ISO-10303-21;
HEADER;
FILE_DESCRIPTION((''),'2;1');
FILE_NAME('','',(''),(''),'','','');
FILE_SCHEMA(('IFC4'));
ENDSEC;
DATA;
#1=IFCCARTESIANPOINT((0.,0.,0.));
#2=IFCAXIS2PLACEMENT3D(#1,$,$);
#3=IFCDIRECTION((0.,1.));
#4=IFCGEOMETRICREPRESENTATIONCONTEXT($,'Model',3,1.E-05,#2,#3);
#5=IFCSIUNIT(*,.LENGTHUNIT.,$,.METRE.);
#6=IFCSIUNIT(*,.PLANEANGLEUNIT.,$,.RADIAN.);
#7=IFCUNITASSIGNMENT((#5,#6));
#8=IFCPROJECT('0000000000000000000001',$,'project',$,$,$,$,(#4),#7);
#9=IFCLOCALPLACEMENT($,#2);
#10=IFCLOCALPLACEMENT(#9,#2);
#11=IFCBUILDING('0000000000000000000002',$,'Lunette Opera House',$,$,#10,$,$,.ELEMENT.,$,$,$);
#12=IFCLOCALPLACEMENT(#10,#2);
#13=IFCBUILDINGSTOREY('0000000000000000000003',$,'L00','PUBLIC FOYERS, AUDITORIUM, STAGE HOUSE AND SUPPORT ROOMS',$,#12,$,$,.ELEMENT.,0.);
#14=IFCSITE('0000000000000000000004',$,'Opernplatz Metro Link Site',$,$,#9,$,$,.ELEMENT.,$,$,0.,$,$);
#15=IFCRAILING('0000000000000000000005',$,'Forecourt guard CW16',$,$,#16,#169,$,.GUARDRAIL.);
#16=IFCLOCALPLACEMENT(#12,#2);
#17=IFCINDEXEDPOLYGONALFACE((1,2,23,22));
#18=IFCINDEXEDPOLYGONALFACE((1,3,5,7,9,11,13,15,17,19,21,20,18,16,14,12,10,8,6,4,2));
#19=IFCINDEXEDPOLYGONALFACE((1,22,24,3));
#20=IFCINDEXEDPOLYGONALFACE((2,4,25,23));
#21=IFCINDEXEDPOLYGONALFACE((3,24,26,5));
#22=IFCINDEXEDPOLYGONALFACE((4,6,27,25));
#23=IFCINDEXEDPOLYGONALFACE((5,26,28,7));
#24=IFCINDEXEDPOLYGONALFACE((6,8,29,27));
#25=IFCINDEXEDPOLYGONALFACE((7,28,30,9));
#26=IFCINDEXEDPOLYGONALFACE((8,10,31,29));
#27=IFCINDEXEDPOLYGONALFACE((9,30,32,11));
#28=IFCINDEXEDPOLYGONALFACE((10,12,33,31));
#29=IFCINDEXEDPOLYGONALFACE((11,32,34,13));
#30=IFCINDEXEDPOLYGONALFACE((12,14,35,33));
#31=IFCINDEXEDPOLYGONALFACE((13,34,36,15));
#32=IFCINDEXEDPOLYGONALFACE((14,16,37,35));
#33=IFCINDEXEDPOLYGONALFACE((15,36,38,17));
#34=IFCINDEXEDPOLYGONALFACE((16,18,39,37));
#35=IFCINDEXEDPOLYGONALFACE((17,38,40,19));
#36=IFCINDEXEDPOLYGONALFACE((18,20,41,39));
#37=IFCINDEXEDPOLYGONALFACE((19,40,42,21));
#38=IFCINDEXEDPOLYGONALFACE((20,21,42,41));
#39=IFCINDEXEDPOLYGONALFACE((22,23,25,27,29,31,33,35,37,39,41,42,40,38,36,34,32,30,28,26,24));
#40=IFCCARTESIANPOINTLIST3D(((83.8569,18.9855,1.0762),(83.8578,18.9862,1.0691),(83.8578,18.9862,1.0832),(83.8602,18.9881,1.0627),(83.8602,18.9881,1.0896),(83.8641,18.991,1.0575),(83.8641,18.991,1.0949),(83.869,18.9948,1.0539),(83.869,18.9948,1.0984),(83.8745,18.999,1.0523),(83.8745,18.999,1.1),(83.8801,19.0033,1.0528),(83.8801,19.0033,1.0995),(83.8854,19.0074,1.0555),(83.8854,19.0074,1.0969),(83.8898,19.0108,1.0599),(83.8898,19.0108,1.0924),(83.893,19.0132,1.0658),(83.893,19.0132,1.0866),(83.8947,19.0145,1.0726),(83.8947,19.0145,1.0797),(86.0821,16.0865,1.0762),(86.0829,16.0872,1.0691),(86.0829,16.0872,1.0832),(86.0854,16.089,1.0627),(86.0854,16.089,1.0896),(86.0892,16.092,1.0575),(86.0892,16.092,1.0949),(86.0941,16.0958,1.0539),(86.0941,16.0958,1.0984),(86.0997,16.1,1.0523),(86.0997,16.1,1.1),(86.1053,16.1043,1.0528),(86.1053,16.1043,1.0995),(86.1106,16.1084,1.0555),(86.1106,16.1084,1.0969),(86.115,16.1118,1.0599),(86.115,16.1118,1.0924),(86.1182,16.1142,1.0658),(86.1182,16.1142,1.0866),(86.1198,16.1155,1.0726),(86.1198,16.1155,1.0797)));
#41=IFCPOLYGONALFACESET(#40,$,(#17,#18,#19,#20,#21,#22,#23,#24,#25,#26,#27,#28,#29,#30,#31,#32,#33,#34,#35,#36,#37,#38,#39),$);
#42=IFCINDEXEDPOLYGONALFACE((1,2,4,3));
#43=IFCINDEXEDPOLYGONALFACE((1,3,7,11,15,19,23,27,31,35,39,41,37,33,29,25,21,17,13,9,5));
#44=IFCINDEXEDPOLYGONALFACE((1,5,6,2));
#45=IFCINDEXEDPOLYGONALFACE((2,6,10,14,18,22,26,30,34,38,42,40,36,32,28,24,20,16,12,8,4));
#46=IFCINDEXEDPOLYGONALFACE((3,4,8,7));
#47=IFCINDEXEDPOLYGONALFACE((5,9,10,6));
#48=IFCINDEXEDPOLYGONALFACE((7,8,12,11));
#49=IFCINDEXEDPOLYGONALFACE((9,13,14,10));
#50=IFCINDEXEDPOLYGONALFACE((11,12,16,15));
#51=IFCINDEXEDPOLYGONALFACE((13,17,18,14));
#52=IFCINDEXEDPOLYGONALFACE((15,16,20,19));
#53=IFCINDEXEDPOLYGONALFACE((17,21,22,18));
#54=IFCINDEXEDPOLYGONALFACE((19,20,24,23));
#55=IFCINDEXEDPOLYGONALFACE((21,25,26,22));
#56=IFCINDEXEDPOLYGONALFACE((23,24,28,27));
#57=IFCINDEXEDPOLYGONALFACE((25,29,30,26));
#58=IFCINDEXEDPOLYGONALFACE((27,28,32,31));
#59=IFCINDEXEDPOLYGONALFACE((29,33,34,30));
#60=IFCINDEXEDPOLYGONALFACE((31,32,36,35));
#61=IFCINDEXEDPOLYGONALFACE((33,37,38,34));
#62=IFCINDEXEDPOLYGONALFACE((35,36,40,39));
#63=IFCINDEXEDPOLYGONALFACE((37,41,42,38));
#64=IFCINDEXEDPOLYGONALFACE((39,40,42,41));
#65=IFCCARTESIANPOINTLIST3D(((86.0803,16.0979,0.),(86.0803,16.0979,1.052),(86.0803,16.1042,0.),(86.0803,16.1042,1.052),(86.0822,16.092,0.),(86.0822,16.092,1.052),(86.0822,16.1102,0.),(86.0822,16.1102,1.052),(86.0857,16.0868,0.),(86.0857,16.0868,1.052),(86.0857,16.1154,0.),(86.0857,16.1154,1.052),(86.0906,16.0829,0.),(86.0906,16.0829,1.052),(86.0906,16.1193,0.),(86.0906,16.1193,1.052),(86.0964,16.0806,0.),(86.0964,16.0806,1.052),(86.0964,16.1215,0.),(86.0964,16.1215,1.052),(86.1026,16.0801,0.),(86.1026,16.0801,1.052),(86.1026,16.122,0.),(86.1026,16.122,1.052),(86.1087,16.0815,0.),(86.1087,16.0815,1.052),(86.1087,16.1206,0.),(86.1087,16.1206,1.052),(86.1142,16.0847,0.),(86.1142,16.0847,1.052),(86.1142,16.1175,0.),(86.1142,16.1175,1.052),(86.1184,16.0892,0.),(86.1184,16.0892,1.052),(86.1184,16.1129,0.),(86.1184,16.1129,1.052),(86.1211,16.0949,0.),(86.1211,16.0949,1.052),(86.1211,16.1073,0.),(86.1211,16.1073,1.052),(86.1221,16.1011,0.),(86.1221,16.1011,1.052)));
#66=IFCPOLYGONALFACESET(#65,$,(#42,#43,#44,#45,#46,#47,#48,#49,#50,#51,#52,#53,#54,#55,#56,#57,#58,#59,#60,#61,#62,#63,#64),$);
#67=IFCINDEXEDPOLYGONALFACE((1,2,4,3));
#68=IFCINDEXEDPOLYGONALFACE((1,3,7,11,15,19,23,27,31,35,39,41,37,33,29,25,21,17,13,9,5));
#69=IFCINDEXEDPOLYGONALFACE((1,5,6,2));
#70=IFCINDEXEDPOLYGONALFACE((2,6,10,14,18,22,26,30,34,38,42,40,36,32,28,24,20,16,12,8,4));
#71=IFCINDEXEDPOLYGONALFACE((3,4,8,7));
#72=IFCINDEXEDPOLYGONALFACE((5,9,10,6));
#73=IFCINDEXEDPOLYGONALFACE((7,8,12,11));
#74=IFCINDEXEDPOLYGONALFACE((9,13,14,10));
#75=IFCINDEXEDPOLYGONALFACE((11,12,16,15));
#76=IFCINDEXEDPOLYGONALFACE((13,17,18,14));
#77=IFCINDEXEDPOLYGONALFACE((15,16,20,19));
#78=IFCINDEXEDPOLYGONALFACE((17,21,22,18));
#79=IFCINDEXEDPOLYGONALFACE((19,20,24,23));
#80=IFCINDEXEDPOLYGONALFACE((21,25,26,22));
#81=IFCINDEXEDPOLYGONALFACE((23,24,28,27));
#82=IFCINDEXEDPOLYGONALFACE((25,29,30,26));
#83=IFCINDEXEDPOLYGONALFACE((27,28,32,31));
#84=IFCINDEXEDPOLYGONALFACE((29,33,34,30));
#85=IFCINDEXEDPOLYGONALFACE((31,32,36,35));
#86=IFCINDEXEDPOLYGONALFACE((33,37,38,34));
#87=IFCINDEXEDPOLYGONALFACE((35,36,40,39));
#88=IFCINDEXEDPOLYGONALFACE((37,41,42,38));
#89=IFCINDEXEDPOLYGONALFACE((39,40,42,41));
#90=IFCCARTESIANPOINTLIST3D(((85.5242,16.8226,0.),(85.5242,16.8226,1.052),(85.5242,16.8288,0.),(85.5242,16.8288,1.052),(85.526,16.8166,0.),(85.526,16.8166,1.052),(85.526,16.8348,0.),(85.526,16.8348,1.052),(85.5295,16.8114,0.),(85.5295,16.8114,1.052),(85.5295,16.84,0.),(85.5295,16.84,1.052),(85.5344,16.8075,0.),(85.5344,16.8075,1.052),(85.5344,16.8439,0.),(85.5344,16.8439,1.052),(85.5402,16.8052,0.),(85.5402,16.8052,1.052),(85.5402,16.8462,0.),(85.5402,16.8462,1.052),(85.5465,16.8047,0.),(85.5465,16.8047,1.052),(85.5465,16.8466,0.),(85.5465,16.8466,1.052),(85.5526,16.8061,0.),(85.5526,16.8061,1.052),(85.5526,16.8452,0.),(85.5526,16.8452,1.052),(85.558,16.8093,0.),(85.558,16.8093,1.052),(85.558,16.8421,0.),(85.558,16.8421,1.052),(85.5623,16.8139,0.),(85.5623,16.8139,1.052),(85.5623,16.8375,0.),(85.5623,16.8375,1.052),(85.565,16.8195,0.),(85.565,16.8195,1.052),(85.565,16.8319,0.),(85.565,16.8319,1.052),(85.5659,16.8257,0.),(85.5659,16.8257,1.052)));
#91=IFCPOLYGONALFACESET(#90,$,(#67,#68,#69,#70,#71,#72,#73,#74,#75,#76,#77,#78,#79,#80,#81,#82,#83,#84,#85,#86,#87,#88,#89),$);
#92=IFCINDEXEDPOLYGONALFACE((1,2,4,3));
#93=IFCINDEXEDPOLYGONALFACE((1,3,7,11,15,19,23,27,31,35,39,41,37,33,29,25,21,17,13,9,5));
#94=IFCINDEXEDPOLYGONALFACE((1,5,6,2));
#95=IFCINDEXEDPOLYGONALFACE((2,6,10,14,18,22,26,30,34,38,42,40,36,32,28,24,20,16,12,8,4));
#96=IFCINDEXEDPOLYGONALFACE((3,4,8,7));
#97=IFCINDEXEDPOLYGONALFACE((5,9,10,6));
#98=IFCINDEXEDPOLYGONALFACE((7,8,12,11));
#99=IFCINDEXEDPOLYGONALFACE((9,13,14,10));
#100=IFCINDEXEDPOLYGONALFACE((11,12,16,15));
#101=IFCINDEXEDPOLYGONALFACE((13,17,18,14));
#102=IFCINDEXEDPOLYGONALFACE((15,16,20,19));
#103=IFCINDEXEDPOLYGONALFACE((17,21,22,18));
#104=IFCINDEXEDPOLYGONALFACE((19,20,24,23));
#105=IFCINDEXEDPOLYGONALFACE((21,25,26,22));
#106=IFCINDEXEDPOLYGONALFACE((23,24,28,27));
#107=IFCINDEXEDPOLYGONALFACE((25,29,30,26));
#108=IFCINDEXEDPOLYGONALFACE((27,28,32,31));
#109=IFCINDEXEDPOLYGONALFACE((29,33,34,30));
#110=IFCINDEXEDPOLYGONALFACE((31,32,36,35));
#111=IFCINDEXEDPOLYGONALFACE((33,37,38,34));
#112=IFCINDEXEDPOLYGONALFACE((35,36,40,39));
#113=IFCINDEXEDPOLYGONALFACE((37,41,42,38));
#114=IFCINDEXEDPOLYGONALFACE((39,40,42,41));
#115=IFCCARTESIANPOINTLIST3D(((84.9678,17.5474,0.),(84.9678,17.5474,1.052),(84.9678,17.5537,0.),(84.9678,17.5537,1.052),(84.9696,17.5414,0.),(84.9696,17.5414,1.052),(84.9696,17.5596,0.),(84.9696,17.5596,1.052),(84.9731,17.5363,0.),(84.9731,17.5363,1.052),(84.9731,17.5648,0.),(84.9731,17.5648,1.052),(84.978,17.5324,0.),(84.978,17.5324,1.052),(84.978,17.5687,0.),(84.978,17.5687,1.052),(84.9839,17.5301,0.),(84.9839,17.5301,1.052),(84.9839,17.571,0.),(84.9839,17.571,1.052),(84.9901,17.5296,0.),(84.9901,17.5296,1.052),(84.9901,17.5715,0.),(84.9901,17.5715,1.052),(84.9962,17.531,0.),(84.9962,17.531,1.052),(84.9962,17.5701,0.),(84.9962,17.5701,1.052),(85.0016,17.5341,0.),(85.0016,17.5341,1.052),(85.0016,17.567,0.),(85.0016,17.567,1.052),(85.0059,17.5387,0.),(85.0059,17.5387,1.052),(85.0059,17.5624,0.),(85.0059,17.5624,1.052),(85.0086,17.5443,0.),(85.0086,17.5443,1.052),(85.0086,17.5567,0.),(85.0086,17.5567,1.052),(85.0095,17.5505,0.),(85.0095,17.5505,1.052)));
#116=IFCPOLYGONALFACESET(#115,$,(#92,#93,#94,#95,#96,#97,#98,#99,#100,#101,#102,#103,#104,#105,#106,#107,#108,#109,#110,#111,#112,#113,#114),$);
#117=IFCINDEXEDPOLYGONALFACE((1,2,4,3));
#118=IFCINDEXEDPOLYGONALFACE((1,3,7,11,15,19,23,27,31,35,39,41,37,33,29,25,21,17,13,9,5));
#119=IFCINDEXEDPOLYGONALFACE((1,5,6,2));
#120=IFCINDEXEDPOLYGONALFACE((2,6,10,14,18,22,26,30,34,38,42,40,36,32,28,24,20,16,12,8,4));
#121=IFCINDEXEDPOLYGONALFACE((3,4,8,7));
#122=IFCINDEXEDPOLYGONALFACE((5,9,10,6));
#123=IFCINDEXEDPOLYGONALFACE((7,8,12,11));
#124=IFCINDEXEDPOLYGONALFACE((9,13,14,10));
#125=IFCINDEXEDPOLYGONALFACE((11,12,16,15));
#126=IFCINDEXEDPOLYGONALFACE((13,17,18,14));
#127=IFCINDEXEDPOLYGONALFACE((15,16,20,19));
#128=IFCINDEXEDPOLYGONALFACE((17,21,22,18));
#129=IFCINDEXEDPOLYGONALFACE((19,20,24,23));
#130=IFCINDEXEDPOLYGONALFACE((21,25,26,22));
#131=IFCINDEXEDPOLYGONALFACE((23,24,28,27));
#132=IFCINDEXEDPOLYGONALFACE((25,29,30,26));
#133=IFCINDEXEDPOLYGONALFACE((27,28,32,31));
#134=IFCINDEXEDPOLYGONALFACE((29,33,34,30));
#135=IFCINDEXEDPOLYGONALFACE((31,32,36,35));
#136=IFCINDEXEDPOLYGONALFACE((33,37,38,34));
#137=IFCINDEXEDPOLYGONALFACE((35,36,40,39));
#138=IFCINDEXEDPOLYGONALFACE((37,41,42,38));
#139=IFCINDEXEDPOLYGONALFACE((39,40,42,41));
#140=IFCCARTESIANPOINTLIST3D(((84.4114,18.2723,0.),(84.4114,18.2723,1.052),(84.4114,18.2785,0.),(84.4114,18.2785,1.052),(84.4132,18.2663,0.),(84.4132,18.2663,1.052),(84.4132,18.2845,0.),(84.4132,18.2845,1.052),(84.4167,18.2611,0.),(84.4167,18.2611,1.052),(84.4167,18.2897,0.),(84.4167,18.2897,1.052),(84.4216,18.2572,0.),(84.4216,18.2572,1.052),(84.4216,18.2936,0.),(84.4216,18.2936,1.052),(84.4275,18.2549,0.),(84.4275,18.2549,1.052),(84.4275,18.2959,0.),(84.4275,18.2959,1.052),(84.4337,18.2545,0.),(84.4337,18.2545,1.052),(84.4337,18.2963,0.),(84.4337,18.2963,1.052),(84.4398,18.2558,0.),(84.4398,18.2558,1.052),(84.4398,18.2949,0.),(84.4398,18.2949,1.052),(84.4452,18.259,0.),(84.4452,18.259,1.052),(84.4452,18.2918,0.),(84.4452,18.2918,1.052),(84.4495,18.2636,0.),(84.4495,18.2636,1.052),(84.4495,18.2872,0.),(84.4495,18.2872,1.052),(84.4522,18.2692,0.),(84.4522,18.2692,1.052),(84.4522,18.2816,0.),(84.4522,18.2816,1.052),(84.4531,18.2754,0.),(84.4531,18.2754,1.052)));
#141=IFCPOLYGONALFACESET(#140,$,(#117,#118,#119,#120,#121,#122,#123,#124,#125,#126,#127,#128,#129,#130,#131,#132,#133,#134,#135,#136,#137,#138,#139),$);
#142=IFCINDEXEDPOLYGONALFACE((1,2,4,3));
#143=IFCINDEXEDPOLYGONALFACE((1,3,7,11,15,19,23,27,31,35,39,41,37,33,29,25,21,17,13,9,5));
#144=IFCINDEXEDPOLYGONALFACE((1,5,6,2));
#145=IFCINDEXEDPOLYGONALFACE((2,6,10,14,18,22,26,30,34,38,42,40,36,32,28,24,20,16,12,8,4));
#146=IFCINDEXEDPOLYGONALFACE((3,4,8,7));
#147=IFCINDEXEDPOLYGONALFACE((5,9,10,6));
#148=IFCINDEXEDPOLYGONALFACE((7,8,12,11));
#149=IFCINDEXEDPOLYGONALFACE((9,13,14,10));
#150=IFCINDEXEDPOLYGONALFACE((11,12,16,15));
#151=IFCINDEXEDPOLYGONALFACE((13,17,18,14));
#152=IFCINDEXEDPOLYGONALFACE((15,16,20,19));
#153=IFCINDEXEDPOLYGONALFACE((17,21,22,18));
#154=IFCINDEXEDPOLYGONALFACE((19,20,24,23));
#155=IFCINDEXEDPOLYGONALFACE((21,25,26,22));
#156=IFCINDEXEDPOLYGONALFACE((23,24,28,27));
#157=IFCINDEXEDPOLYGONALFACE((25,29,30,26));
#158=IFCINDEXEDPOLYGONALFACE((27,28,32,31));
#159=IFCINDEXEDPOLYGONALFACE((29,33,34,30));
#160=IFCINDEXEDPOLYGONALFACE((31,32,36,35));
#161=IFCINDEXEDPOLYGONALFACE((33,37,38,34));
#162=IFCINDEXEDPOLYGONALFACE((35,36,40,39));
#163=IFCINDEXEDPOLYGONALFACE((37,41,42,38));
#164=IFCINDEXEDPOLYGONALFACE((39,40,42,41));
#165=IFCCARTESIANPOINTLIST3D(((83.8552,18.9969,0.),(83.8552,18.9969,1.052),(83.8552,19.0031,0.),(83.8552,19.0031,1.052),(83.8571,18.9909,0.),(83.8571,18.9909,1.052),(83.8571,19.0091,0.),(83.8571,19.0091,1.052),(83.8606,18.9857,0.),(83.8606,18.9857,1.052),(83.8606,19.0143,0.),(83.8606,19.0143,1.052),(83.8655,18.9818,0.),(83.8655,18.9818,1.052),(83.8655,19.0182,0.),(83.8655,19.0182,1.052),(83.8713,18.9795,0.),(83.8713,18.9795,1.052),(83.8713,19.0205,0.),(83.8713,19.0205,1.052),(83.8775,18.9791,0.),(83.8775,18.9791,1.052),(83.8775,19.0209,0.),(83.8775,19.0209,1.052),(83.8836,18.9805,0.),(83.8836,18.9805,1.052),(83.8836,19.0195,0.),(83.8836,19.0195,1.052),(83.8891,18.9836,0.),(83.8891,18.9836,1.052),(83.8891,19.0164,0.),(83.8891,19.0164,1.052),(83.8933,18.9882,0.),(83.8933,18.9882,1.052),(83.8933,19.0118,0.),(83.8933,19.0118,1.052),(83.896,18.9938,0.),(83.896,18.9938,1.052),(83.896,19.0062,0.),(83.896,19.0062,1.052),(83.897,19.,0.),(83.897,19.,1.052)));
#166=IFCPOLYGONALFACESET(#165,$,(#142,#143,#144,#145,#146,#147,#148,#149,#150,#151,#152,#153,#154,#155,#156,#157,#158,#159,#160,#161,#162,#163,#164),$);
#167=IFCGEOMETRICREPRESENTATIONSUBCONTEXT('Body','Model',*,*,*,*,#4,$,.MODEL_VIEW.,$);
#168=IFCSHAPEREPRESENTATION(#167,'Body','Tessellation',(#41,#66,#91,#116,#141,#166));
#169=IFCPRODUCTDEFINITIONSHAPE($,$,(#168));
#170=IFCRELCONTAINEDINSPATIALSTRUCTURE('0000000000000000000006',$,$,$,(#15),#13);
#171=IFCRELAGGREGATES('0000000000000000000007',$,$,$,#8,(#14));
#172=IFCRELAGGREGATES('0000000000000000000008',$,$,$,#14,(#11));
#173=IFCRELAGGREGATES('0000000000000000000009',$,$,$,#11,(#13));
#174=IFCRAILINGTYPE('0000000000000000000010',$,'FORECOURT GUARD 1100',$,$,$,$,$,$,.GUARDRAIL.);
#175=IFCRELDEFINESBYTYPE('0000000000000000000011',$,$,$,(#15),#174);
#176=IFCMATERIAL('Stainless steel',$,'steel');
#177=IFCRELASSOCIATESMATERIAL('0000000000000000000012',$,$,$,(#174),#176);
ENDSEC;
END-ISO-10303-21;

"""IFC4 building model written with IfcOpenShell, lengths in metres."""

from ifc_helpers import new_model, si_unit, direction, frame, origin, origin_2d, place, context, subcontext, project, spatial, circle, extrude, material, type_object, element, save


model = new_model("IFC4")

# Units and contexts
model_context = context("Model", 3, precision=1e-05, world=origin(), true_north=direction((0.0, 1.0)))
body_context = subcontext(model_context, "Body", "Model", "MODEL_VIEW")
ifc_project = project(units=[si_unit("LENGTHUNIT", "METRE"), si_unit("PLANEANGLEUNIT", "RADIAN")], contexts=[model_context])

# Site, building, storey
site_placement = place(None, origin())
site = spatial("IfcSite", under=ifc_project, at=site_placement, Name="Opernplatz Metro Link Site", CompositionType="ELEMENT", RefElevation=0.0)
building_placement = place(site_placement, origin())
building = spatial("IfcBuilding", under=site, at=building_placement, Name="Lunette Opera House", CompositionType="ELEMENT")
storey_placement = place(building_placement, origin())
storey = spatial("IfcBuildingStorey", under=building, at=storey_placement, Name="L00", Description="PUBLIC FOYERS, AUDITORIUM, STAGE HOUSE AND SUPPORT ROOMS", CompositionType="ELEMENT", Elevation=0.0)

# Railing
ifc_material_1 = material(Name="Stainless steel", Category="steel")
railing_type = type_object("IfcRailingType", Name="FORECOURT GUARD 1100", PredefinedType="GUARDRAIL", material=ifc_material_1)
railing_1_placement = place(storey_placement, frame((86.1011, 16.1011, 0.0)))
element("IfcRailing", 1, at=railing_1_placement, inside=storey, type_object=railing_type, Name="Forecourt guard CW16", PredefinedType="GUARDRAIL", context=body_context, shape_type="SweptSolid", body=[
    extrude(circle(Radius=0.0239, at=origin_2d()), frame((0.0, 0.0, 1.0762), z_axis=(-0.608877, 0.793264, 0.0), x_axis=(-0.793264, -0.608877, 0.0)), (0.0, 0.0, 1.0), 3.6545),
    extrude(circle(Radius=0.021, at=origin_2d()), origin(), (0.0, 0.0, 1.0), 1.052),
    extrude(circle(Radius=0.021, at=origin_2d()), frame((-0.5562, 0.7246, 0.0)), (0.0, 0.0, 1.0), 1.052),
    extrude(circle(Radius=0.021, at=origin_2d()), frame((-1.1125, 1.4495, 0.0)), (0.0, 0.0, 1.0), 1.052),
    extrude(circle(Radius=0.021, at=origin_2d()), frame((-1.6689, 2.1743, 0.0)), (0.0, 0.0, 1.0), 1.052),
    extrude(circle(Radius=0.021, at=origin_2d()), frame((-2.2251, 2.8989, 0.0)), (0.0, 0.0, 1.0), 1.052),
])

save(model, "model.ifc")
